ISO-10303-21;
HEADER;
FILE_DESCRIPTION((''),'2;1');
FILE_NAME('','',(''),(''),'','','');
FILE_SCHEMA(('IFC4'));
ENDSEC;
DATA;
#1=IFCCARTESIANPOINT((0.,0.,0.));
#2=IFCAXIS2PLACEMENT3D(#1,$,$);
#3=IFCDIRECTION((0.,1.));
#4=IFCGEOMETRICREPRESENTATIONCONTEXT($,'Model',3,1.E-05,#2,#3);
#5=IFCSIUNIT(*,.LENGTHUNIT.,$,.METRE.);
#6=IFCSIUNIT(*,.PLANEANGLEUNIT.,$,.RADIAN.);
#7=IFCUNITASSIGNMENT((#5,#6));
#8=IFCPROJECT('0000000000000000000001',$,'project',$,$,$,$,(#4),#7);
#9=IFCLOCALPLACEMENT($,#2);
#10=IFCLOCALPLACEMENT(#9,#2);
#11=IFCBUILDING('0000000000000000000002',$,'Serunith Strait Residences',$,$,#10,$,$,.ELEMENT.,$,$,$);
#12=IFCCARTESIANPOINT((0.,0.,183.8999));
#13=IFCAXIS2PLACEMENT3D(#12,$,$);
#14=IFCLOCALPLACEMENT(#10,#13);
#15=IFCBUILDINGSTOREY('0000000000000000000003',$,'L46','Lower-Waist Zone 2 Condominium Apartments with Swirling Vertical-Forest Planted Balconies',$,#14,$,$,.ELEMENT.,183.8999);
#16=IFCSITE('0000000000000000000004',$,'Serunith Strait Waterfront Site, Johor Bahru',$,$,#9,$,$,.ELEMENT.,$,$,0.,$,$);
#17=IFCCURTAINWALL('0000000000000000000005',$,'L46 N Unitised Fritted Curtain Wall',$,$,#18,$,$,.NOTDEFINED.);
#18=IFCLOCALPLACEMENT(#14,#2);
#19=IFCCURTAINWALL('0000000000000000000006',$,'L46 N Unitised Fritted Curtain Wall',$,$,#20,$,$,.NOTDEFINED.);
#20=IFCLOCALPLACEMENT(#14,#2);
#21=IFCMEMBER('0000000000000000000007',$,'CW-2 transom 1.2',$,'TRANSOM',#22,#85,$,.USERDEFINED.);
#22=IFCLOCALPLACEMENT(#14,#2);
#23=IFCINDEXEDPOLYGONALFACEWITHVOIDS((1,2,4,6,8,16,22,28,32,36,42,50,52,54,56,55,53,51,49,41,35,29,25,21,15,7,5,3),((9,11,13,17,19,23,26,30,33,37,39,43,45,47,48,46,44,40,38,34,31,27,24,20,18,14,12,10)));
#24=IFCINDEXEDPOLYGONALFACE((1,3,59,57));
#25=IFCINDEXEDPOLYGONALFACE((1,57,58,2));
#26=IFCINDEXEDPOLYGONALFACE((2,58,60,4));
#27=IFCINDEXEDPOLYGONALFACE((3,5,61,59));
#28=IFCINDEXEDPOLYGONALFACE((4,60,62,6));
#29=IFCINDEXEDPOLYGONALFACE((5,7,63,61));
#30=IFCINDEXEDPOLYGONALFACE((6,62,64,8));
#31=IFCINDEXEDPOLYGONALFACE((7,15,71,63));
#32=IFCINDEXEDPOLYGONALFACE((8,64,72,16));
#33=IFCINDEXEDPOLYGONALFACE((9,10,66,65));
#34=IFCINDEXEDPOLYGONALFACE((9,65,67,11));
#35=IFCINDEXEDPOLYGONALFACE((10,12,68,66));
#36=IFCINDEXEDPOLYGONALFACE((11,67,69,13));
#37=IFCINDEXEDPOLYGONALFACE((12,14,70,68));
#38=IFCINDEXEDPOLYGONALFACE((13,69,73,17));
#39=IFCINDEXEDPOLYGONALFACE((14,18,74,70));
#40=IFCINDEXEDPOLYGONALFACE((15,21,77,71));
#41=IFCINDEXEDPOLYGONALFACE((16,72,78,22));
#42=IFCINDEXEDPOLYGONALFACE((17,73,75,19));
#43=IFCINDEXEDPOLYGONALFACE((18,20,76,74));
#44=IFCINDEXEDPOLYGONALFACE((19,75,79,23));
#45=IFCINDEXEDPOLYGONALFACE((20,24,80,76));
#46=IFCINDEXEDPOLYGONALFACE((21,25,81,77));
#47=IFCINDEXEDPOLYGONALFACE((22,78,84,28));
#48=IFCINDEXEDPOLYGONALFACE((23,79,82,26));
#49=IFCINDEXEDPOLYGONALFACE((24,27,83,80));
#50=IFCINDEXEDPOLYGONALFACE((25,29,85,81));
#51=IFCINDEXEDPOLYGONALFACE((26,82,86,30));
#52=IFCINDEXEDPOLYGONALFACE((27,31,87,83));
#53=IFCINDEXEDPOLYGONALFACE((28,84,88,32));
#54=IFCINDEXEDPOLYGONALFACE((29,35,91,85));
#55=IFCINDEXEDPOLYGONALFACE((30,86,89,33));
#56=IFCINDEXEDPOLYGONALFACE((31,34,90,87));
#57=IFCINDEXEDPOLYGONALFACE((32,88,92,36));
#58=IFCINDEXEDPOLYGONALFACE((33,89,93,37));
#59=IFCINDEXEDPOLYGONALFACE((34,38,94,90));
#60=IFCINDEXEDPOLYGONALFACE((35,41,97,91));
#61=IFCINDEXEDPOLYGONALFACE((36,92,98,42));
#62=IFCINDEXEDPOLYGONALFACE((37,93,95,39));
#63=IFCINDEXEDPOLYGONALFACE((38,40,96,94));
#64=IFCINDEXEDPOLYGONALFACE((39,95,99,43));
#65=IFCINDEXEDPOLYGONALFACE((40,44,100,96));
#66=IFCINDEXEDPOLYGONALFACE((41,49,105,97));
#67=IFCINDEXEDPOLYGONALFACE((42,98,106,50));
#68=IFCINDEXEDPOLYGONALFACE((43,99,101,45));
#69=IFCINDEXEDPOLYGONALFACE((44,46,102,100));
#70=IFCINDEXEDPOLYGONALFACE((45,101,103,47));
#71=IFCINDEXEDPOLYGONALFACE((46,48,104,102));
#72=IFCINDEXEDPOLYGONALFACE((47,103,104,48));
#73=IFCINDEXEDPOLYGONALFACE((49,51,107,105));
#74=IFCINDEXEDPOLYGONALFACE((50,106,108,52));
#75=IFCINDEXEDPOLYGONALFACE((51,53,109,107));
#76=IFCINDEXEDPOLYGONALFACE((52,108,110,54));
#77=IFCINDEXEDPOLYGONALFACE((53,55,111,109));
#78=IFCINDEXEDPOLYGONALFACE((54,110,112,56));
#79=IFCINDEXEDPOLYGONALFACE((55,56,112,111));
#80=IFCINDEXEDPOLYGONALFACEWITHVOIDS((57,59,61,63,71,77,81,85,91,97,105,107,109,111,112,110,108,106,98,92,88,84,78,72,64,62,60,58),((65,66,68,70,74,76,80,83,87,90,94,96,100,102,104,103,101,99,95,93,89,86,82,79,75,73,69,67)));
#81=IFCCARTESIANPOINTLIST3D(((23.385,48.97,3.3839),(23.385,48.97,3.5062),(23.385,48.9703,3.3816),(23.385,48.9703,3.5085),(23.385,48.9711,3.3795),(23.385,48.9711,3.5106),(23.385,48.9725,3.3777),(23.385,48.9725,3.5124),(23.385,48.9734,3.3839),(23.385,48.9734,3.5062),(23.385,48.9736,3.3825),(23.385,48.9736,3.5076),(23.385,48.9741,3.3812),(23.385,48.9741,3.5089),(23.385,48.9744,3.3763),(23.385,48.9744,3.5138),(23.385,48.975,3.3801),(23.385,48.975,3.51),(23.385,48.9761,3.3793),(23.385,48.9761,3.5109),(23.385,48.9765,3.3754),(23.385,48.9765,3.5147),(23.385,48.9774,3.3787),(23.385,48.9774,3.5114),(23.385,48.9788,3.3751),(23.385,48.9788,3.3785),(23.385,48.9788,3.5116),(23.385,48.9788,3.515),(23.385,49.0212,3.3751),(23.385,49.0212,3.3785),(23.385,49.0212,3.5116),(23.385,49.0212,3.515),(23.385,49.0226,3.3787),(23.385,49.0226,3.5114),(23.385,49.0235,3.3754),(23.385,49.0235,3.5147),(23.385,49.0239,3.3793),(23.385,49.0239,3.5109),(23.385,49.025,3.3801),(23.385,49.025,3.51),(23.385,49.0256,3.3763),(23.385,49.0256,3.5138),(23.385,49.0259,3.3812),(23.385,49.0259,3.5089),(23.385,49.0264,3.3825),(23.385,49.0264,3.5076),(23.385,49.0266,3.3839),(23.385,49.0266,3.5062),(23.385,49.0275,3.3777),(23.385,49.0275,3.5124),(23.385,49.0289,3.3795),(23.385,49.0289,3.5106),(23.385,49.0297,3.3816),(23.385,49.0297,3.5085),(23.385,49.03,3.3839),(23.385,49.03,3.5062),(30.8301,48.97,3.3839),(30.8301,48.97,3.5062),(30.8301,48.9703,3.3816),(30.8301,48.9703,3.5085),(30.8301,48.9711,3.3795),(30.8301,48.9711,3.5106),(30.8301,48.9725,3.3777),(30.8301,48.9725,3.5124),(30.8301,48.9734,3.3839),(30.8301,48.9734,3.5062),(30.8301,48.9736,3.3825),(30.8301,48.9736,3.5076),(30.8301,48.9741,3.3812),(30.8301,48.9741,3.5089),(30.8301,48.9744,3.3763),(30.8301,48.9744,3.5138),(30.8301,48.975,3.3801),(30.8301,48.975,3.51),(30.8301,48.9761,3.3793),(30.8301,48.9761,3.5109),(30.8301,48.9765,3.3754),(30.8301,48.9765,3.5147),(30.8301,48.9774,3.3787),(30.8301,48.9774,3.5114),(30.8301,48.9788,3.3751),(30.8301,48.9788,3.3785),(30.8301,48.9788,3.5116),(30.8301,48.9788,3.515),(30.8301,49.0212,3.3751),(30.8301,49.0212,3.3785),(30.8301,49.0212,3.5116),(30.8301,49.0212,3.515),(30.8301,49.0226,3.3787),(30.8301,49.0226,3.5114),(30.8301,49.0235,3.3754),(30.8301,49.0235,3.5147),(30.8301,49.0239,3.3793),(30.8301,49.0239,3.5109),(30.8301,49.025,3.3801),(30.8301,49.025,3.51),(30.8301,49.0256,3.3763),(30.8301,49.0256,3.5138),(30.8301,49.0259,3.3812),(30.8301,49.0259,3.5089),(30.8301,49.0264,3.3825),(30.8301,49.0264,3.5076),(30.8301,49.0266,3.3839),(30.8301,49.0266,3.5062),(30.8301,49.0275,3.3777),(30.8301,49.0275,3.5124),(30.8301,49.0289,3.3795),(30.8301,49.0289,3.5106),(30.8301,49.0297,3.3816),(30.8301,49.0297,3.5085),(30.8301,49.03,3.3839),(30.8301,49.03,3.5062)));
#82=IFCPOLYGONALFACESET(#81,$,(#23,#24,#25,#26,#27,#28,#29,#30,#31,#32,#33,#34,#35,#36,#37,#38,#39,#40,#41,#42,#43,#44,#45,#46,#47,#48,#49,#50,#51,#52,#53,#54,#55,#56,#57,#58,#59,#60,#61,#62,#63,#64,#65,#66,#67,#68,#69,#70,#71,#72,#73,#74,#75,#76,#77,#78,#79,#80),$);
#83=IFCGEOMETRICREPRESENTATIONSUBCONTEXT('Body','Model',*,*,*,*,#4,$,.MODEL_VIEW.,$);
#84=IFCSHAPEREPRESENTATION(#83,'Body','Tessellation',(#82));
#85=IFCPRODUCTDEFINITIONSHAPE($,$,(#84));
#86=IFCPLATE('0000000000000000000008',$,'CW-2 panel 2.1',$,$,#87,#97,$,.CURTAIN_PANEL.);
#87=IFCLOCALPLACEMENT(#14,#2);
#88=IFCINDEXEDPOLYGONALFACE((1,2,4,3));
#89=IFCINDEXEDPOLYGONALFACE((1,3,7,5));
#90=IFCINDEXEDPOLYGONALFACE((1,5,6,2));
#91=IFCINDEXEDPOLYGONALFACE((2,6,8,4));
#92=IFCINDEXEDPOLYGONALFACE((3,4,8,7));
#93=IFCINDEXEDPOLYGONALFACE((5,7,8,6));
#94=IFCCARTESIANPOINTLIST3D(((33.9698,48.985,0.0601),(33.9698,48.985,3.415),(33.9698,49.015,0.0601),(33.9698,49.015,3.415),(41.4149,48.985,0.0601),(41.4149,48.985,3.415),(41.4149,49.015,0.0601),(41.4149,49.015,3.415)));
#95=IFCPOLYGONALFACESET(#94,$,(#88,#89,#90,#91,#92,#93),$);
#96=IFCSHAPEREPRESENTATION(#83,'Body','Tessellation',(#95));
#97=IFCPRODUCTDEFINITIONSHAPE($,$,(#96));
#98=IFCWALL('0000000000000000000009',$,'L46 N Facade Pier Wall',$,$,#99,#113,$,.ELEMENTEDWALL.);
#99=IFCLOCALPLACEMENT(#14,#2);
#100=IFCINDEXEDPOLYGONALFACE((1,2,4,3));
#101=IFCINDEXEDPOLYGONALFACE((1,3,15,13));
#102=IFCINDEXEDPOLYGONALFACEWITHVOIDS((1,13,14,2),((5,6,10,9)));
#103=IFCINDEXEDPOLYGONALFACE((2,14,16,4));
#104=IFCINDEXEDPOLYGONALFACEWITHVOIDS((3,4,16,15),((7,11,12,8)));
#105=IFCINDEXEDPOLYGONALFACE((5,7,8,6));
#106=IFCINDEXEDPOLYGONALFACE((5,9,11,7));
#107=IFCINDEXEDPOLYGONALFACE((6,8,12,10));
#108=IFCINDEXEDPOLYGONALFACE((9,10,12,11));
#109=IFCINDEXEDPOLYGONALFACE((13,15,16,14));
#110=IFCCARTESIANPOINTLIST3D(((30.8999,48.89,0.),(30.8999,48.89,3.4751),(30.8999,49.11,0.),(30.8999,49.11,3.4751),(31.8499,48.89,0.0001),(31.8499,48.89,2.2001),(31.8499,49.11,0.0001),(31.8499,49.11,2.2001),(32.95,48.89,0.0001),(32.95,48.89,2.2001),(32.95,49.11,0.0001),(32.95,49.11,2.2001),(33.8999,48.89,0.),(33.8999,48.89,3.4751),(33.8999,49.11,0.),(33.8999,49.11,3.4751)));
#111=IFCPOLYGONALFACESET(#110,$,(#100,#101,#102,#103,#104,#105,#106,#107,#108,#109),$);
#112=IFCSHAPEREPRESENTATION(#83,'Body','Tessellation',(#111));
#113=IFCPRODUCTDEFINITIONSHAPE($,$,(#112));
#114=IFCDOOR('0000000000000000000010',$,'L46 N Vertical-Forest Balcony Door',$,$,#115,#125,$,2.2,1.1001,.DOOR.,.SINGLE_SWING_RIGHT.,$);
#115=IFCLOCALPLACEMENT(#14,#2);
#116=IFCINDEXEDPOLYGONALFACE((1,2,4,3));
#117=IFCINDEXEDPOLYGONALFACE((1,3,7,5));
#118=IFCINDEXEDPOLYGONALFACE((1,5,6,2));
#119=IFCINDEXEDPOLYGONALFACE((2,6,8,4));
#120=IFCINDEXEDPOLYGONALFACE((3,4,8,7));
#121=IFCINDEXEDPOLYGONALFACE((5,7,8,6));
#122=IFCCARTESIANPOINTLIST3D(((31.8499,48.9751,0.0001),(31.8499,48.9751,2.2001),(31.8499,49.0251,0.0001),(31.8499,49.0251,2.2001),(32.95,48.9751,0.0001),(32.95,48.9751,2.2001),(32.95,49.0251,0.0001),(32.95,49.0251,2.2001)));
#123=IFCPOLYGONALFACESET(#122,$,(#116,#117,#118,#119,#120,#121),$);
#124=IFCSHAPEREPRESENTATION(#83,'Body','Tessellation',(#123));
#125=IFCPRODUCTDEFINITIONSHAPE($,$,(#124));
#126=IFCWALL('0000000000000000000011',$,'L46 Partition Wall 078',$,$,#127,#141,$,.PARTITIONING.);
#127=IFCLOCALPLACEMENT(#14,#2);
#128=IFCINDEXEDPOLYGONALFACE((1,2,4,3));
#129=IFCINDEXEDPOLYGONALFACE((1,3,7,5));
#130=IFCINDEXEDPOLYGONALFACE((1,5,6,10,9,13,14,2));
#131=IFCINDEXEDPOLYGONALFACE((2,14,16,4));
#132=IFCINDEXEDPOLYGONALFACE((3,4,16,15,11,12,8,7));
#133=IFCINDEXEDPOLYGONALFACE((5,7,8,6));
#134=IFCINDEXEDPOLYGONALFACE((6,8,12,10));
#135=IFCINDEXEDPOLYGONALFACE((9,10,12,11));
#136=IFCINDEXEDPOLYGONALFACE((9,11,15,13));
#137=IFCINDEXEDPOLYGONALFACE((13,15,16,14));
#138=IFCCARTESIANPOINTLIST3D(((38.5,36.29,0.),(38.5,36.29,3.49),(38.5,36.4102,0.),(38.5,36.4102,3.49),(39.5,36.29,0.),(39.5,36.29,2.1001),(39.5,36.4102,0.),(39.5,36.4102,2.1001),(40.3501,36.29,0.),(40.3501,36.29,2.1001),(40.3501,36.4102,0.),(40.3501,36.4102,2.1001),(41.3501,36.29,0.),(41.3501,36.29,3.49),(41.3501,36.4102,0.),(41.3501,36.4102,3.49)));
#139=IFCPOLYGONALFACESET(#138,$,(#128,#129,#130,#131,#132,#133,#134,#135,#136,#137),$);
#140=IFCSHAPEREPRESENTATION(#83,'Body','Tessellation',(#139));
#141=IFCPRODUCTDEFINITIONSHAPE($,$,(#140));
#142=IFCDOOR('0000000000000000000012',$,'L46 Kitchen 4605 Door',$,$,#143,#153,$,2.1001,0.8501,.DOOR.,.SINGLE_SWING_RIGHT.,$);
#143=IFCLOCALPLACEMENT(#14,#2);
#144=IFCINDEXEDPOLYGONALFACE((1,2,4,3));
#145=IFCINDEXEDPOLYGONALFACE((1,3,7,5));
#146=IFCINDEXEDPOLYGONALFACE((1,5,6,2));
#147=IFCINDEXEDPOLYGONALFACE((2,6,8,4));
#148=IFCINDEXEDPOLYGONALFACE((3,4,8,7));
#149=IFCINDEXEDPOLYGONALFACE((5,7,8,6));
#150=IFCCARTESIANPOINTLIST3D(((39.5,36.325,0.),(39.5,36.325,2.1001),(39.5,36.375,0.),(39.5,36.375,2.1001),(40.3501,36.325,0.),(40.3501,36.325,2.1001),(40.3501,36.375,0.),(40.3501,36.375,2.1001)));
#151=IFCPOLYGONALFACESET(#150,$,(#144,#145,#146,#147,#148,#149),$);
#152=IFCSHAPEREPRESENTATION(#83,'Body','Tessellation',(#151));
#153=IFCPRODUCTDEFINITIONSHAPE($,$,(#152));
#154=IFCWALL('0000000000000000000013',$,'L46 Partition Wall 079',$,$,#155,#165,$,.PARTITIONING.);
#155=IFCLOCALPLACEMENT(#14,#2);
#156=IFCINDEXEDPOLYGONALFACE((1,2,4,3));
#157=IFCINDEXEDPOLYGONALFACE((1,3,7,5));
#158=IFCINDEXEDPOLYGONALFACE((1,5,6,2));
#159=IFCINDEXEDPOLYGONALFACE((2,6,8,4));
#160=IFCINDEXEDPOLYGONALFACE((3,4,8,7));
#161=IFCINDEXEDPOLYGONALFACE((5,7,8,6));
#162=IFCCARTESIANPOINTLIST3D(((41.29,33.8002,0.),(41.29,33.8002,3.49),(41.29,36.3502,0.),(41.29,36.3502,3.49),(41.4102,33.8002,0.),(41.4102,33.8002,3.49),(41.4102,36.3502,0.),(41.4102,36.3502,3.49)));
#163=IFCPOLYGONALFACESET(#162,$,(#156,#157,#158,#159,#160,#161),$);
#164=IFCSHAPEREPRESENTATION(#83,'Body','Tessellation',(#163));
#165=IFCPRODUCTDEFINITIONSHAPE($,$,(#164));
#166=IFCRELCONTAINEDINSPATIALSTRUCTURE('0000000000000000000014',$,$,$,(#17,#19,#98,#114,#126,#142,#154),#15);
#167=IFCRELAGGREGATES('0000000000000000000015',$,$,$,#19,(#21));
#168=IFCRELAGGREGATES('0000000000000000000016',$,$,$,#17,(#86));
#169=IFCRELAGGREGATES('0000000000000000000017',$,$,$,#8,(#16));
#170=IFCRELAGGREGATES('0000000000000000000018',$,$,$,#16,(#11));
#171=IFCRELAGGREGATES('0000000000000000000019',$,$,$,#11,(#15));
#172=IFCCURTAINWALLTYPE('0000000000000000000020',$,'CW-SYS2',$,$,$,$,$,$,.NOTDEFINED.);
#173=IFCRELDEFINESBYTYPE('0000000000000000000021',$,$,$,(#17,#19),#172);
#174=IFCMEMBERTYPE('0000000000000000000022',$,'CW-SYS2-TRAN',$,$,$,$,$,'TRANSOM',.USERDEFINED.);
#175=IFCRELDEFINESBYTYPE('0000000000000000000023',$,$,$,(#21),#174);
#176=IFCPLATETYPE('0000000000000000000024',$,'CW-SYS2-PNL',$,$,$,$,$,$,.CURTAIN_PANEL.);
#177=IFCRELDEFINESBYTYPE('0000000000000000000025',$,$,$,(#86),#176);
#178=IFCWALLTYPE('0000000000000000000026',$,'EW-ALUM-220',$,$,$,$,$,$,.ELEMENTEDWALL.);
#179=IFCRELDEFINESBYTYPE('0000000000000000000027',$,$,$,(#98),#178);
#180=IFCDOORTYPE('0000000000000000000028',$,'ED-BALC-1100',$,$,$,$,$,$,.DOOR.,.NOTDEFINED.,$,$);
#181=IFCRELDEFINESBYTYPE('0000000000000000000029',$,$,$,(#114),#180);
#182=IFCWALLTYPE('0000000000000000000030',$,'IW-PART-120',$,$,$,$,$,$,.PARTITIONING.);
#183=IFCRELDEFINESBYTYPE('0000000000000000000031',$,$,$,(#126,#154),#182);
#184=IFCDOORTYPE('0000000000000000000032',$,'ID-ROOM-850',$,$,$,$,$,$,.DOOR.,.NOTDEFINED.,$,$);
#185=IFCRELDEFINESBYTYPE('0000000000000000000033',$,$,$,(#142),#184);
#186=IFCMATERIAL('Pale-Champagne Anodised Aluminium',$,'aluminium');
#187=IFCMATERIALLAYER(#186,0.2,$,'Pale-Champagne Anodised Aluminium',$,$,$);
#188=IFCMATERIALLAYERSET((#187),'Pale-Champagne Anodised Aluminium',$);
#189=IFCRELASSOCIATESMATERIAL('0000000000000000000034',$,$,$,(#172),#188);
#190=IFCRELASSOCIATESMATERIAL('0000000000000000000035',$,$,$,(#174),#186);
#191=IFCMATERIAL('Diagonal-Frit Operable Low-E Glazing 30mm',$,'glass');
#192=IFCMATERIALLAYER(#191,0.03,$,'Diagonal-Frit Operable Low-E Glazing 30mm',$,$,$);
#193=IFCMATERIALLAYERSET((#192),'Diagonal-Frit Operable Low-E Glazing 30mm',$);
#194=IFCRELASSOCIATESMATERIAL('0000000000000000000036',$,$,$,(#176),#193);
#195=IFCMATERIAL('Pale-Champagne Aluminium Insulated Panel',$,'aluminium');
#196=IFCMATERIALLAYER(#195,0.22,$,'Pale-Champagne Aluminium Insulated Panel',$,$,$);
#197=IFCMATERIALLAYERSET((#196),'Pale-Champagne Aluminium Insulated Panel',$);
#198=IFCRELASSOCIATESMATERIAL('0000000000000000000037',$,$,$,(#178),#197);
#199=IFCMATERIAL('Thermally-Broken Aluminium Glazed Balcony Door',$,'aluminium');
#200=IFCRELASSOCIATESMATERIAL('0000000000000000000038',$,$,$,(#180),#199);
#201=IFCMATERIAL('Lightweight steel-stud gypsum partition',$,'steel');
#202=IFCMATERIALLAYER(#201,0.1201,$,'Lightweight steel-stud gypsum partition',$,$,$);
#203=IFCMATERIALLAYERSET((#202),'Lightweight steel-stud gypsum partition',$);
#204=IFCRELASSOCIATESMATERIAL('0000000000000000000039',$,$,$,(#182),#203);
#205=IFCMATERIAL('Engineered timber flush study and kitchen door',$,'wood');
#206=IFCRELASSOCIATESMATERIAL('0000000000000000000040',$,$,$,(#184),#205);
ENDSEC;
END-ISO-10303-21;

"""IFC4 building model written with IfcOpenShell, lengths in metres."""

from ifc_helpers import new_model, si_unit, direction, frame, frame_2d, origin, origin_2d, place, context, subcontext, project, spatial, rectangle, hollow_rectangle, extrude, source, transform, mapped, material, layer, layer_set, material_profile, profile_set, type_object, element, fill, aggregate, save


model = new_model("IFC4")

# Units and contexts
model_context = context("Model", 3, precision=1e-05, world=origin(), true_north=direction((0.0, 1.0)))
body_context = subcontext(model_context, "Body", "Model", "MODEL_VIEW")
ifc_project = project(units=[si_unit("LENGTHUNIT", "METRE"), si_unit("PLANEANGLEUNIT", "RADIAN")], contexts=[model_context])

# Site, building, storey
site_placement = place(None, origin())
site = spatial("IfcSite", under=ifc_project, at=site_placement, Name="Serunith Strait Waterfront Site, Johor Bahru", CompositionType="ELEMENT", RefElevation=0.0)
building_placement = place(site_placement, origin())
building = spatial("IfcBuilding", under=site, at=building_placement, Name="Serunith Strait Residences", CompositionType="ELEMENT")
storey_placement = place(building_placement, frame((0.0, 0.0, 183.8999)))
storey = spatial("IfcBuildingStorey", under=building, at=storey_placement, Name="L46", Description="Lower-Waist Zone 2 Condominium Apartments with Swirling Vertical-Forest Planted Balconies", CompositionType="ELEMENT", Elevation=183.8999)

# Curtain wall
ifc_material_1 = material(Name="Pale-Champagne Anodised Aluminium", Category="aluminium")
ifc_layer_1 = layer(ifc_material_1, 0.2, Name="Pale-Champagne Anodised Aluminium")
ifc_layer_set_1 = layer_set([ifc_layer_1], Name="Pale-Champagne Anodised Aluminium")
curtain_wall_type = type_object("IfcCurtainWallType", Name="CW-SYS2", PredefinedType="NOTDEFINED", material=ifc_layer_set_1)
curtain_wall_1_placement = place(storey_placement, origin())
curtain_wall_1 = element("IfcCurtainWall", 1, at=curtain_wall_1_placement, inside=storey, type_object=curtain_wall_type, Name="L46 N Unitised Fritted Curtain Wall", PredefinedType="NOTDEFINED")

# Curtain wall
curtain_wall_2_placement = place(storey_placement, origin())
curtain_wall_2 = element("IfcCurtainWall", 2, at=curtain_wall_2_placement, inside=storey, type_object=curtain_wall_type, Name="L46 N Unitised Fritted Curtain Wall", PredefinedType="NOTDEFINED")

# Member
ifc_material_profile_1 = material_profile(ifc_material_1, hollow_rectangle(XDim=0.0601, YDim=0.1399, WallThickness=0.0034, InnerFilletRadius=0.0054, OuterFilletRadius=0.0088, at=origin_2d()), Name="ALU 140x60x3.5")
ifc_profile_set_1 = profile_set([ifc_material_profile_1], Name="Pale-Champagne Anodised Aluminium")
member_type_1 = type_object("IfcMemberType", Name="CW-SYS2-TRAN", ElementType="TRANSOM", PredefinedType="USERDEFINED", material=ifc_profile_set_1)
shared_shape_1 = source(origin(), body_context, "Body", "SweptSolid", [
    extrude(hollow_rectangle(XDim=0.0601, YDim=0.1399, WallThickness=0.0034, InnerFilletRadius=0.0054, OuterFilletRadius=0.0088, at=origin_2d()), origin(), (0.0, 0.0, 1.0), 7.4451),
])
member_1_placement = place(storey_placement, frame((30.8301, 49.0, 3.4451), z_axis=(-1.0, 0.0, 0.0), x_axis=(0.0, -1.0, 0.0)))
member_1 = element("IfcMember", 3, at=member_1_placement, type_object=member_type_1, Name="CW-2 transom 1.2", ObjectType="TRANSOM", PredefinedType="USERDEFINED", context=body_context, shape_type="MappedRepresentation", body=[
    mapped(shared_shape_1, transform((0.0, 0.0, 0.0), scale=1.0)),
])
aggregate(curtain_wall_2, [member_1])

# Plate
ifc_material_2 = material(Name="Diagonal-Frit Operable Low-E Glazing 30mm", Category="glass")
ifc_layer_2 = layer(ifc_material_2, 0.03, Name="Diagonal-Frit Operable Low-E Glazing 30mm")
ifc_layer_set_2 = layer_set([ifc_layer_2], Name="Diagonal-Frit Operable Low-E Glazing 30mm")
plate_type = type_object("IfcPlateType", Name="CW-SYS2-PNL", PredefinedType="CURTAIN_PANEL", material=ifc_layer_set_2)
shared_shape_2 = source(origin(), body_context, "Body", "SweptSolid", [
    extrude(rectangle(XDim=7.4451, YDim=0.03, at=origin_2d()), origin(), (0.0, 0.0, 1.0), 3.355),
])
plate_placement = place(storey_placement, frame((37.6924, 49.0, 0.0601), z_axis=(0.0, 0.0, 1.0), x_axis=(-1.0, 0.0, 0.0)))
plate = element("IfcPlate", 4, at=plate_placement, type_object=plate_type, Name="CW-2 panel 2.1", PredefinedType="CURTAIN_PANEL", context=body_context, shape_type="MappedRepresentation", body=[
    mapped(shared_shape_2, transform((0.0, 0.0, 0.0), scale=1.0)),
])
aggregate(curtain_wall_1, [plate])

# Walls, openings, doors
ifc_material_3 = material(Name="Pale-Champagne Aluminium Insulated Panel", Category="aluminium")
ifc_layer_3 = layer(ifc_material_3, 0.22, Name="Pale-Champagne Aluminium Insulated Panel")
ifc_layer_set_3 = layer_set([ifc_layer_3], Name="Pale-Champagne Aluminium Insulated Panel")
wall_type_1 = type_object("IfcWallType", Name="EW-ALUM-220", PredefinedType="ELEMENTEDWALL", material=ifc_layer_set_3)
wall_1_placement = place(storey_placement, frame((33.8999, 49.0, 0.0), z_axis=(0.0, 0.0, 1.0), x_axis=(-1.0, 0.0, 0.0)))
wall_1 = element("IfcWall", 5, at=wall_1_placement, inside=storey, type_object=wall_type_1, Name="L46 N Facade Pier Wall", PredefinedType="ELEMENTEDWALL", context=body_context, shape_type="SweptSolid", body=[
    extrude(rectangle(XDim=3.0, YDim=0.22, at=frame_2d((1.5, 0.0))), origin(), (0.0, 0.0, 1.0), 3.4751),
])
opening_1_placement = place(wall_1_placement, frame((0.95, 0.0, 0.0)))
opening_1 = element("IfcOpeningElement", 6, at=opening_1_placement, cuts=wall_1, PredefinedType="OPENING", context=body_context, shape_type="SweptSolid", body=[
    extrude(rectangle(XDim=1.1001, YDim=2.2, at=frame_2d((0.55, 1.1001))), frame((0.0, 0.1201, 0.0), z_axis=(0.0, -1.0, 0.0), x_axis=(1.0, 0.0, 0.0)), (0.0, 0.0, 1.0), 0.24),
])
ifc_material_4 = material(Name="Thermally-Broken Aluminium Glazed Balcony Door", Category="aluminium")
door_type_1 = type_object("IfcDoorType", Name="ED-BALC-1100", OperationType="NOTDEFINED", PredefinedType="DOOR", material=ifc_material_4)
shared_shape_3 = source(origin(), body_context, "Body", "SweptSolid", [
    extrude(rectangle(XDim=1.1001, YDim=2.2, at=frame_2d((0.55, 1.1001))), frame((0.0, 0.0249, 0.0), z_axis=(0.0, -1.0, 0.0), x_axis=(1.0, 0.0, 0.0)), (0.0, 0.0, 1.0), 0.05),
])
door_1_placement = place(opening_1_placement, origin())
door_1 = element("IfcDoor", 7, at=door_1_placement, inside=storey, type_object=door_type_1, Name="L46 N Vertical-Forest Balcony Door", OperationType="SINGLE_SWING_RIGHT", OverallHeight=2.2, OverallWidth=1.1001, PredefinedType="DOOR", context=body_context, shape_type="MappedRepresentation", body=[
    mapped(shared_shape_3, transform((0.0, 0.0, 0.0), scale=1.0)),
])
fill(opening_1, door_1)
ifc_material_5 = material(Name="Lightweight steel-stud gypsum partition", Category="steel")
ifc_layer_4 = layer(ifc_material_5, 0.1201, Name="Lightweight steel-stud gypsum partition")
ifc_layer_set_4 = layer_set([ifc_layer_4], Name="Lightweight steel-stud gypsum partition")
wall_type_2 = type_object("IfcWallType", Name="IW-PART-120", PredefinedType="PARTITIONING", material=ifc_layer_set_4)
wall_2_placement = place(storey_placement, frame((38.5, 36.3501, 0.0), z_axis=(0.0, 0.0, 1.0), x_axis=(1.0, 0.0, 0.0)))
wall_2 = element("IfcWall", 8, at=wall_2_placement, inside=storey, type_object=wall_type_2, Name="L46 Partition Wall 078", PredefinedType="PARTITIONING", context=body_context, shape_type="SweptSolid", body=[
    extrude(rectangle(XDim=2.8501, YDim=0.1201, at=frame_2d((1.425, 0.0))), origin(), (0.0, 0.0, 1.0), 3.49),
])
opening_2_placement = place(wall_2_placement, frame((1.0, 0.0, 0.0)))
opening_2 = element("IfcOpeningElement", 9, at=opening_2_placement, cuts=wall_2, PredefinedType="OPENING", context=body_context, shape_type="SweptSolid", body=[
    extrude(rectangle(XDim=0.8501, YDim=2.1001, at=frame_2d((0.425, 1.05))), frame((0.0, 0.0701, 0.0), z_axis=(0.0, -1.0, 0.0), x_axis=(1.0, 0.0, 0.0)), (0.0, 0.0, 1.0), 0.1401),
])
ifc_material_6 = material(Name="Engineered timber flush study and kitchen door", Category="wood")
door_type_2 = type_object("IfcDoorType", Name="ID-ROOM-850", OperationType="NOTDEFINED", PredefinedType="DOOR", material=ifc_material_6)
shared_shape_4 = source(origin(), body_context, "Body", "SweptSolid", [
    extrude(rectangle(XDim=0.8501, YDim=2.1001, at=frame_2d((0.425, 1.05))), frame((0.0, 0.0249, 0.0), z_axis=(0.0, -1.0, 0.0), x_axis=(1.0, 0.0, 0.0)), (0.0, 0.0, 1.0), 0.05),
])
door_2_placement = place(opening_2_placement, origin())
door_2 = element("IfcDoor", 10, at=door_2_placement, inside=storey, type_object=door_type_2, Name="L46 Kitchen 4605 Door", OperationType="SINGLE_SWING_RIGHT", OverallHeight=2.1001, OverallWidth=0.8501, PredefinedType="DOOR", context=body_context, shape_type="MappedRepresentation", body=[
    mapped(shared_shape_4, transform((0.0, 0.0, 0.0), scale=1.0)),
])
fill(opening_2, door_2)

# Wall
wall_3_placement = place(storey_placement, frame((41.3501, 36.3501, 0.0), z_axis=(0.0, 0.0, 1.0), x_axis=(0.0, -1.0, 0.0)))
element("IfcWall", 11, at=wall_3_placement, inside=storey, type_object=wall_type_2, Name="L46 Partition Wall 079", PredefinedType="PARTITIONING", context=body_context, shape_type="SweptSolid", body=[
    extrude(rectangle(XDim=2.55, YDim=0.1201, at=frame_2d((1.2749, 0.0))), origin(), (0.0, 0.0, 1.0), 3.49),
])

save(model, "model.ifc")
